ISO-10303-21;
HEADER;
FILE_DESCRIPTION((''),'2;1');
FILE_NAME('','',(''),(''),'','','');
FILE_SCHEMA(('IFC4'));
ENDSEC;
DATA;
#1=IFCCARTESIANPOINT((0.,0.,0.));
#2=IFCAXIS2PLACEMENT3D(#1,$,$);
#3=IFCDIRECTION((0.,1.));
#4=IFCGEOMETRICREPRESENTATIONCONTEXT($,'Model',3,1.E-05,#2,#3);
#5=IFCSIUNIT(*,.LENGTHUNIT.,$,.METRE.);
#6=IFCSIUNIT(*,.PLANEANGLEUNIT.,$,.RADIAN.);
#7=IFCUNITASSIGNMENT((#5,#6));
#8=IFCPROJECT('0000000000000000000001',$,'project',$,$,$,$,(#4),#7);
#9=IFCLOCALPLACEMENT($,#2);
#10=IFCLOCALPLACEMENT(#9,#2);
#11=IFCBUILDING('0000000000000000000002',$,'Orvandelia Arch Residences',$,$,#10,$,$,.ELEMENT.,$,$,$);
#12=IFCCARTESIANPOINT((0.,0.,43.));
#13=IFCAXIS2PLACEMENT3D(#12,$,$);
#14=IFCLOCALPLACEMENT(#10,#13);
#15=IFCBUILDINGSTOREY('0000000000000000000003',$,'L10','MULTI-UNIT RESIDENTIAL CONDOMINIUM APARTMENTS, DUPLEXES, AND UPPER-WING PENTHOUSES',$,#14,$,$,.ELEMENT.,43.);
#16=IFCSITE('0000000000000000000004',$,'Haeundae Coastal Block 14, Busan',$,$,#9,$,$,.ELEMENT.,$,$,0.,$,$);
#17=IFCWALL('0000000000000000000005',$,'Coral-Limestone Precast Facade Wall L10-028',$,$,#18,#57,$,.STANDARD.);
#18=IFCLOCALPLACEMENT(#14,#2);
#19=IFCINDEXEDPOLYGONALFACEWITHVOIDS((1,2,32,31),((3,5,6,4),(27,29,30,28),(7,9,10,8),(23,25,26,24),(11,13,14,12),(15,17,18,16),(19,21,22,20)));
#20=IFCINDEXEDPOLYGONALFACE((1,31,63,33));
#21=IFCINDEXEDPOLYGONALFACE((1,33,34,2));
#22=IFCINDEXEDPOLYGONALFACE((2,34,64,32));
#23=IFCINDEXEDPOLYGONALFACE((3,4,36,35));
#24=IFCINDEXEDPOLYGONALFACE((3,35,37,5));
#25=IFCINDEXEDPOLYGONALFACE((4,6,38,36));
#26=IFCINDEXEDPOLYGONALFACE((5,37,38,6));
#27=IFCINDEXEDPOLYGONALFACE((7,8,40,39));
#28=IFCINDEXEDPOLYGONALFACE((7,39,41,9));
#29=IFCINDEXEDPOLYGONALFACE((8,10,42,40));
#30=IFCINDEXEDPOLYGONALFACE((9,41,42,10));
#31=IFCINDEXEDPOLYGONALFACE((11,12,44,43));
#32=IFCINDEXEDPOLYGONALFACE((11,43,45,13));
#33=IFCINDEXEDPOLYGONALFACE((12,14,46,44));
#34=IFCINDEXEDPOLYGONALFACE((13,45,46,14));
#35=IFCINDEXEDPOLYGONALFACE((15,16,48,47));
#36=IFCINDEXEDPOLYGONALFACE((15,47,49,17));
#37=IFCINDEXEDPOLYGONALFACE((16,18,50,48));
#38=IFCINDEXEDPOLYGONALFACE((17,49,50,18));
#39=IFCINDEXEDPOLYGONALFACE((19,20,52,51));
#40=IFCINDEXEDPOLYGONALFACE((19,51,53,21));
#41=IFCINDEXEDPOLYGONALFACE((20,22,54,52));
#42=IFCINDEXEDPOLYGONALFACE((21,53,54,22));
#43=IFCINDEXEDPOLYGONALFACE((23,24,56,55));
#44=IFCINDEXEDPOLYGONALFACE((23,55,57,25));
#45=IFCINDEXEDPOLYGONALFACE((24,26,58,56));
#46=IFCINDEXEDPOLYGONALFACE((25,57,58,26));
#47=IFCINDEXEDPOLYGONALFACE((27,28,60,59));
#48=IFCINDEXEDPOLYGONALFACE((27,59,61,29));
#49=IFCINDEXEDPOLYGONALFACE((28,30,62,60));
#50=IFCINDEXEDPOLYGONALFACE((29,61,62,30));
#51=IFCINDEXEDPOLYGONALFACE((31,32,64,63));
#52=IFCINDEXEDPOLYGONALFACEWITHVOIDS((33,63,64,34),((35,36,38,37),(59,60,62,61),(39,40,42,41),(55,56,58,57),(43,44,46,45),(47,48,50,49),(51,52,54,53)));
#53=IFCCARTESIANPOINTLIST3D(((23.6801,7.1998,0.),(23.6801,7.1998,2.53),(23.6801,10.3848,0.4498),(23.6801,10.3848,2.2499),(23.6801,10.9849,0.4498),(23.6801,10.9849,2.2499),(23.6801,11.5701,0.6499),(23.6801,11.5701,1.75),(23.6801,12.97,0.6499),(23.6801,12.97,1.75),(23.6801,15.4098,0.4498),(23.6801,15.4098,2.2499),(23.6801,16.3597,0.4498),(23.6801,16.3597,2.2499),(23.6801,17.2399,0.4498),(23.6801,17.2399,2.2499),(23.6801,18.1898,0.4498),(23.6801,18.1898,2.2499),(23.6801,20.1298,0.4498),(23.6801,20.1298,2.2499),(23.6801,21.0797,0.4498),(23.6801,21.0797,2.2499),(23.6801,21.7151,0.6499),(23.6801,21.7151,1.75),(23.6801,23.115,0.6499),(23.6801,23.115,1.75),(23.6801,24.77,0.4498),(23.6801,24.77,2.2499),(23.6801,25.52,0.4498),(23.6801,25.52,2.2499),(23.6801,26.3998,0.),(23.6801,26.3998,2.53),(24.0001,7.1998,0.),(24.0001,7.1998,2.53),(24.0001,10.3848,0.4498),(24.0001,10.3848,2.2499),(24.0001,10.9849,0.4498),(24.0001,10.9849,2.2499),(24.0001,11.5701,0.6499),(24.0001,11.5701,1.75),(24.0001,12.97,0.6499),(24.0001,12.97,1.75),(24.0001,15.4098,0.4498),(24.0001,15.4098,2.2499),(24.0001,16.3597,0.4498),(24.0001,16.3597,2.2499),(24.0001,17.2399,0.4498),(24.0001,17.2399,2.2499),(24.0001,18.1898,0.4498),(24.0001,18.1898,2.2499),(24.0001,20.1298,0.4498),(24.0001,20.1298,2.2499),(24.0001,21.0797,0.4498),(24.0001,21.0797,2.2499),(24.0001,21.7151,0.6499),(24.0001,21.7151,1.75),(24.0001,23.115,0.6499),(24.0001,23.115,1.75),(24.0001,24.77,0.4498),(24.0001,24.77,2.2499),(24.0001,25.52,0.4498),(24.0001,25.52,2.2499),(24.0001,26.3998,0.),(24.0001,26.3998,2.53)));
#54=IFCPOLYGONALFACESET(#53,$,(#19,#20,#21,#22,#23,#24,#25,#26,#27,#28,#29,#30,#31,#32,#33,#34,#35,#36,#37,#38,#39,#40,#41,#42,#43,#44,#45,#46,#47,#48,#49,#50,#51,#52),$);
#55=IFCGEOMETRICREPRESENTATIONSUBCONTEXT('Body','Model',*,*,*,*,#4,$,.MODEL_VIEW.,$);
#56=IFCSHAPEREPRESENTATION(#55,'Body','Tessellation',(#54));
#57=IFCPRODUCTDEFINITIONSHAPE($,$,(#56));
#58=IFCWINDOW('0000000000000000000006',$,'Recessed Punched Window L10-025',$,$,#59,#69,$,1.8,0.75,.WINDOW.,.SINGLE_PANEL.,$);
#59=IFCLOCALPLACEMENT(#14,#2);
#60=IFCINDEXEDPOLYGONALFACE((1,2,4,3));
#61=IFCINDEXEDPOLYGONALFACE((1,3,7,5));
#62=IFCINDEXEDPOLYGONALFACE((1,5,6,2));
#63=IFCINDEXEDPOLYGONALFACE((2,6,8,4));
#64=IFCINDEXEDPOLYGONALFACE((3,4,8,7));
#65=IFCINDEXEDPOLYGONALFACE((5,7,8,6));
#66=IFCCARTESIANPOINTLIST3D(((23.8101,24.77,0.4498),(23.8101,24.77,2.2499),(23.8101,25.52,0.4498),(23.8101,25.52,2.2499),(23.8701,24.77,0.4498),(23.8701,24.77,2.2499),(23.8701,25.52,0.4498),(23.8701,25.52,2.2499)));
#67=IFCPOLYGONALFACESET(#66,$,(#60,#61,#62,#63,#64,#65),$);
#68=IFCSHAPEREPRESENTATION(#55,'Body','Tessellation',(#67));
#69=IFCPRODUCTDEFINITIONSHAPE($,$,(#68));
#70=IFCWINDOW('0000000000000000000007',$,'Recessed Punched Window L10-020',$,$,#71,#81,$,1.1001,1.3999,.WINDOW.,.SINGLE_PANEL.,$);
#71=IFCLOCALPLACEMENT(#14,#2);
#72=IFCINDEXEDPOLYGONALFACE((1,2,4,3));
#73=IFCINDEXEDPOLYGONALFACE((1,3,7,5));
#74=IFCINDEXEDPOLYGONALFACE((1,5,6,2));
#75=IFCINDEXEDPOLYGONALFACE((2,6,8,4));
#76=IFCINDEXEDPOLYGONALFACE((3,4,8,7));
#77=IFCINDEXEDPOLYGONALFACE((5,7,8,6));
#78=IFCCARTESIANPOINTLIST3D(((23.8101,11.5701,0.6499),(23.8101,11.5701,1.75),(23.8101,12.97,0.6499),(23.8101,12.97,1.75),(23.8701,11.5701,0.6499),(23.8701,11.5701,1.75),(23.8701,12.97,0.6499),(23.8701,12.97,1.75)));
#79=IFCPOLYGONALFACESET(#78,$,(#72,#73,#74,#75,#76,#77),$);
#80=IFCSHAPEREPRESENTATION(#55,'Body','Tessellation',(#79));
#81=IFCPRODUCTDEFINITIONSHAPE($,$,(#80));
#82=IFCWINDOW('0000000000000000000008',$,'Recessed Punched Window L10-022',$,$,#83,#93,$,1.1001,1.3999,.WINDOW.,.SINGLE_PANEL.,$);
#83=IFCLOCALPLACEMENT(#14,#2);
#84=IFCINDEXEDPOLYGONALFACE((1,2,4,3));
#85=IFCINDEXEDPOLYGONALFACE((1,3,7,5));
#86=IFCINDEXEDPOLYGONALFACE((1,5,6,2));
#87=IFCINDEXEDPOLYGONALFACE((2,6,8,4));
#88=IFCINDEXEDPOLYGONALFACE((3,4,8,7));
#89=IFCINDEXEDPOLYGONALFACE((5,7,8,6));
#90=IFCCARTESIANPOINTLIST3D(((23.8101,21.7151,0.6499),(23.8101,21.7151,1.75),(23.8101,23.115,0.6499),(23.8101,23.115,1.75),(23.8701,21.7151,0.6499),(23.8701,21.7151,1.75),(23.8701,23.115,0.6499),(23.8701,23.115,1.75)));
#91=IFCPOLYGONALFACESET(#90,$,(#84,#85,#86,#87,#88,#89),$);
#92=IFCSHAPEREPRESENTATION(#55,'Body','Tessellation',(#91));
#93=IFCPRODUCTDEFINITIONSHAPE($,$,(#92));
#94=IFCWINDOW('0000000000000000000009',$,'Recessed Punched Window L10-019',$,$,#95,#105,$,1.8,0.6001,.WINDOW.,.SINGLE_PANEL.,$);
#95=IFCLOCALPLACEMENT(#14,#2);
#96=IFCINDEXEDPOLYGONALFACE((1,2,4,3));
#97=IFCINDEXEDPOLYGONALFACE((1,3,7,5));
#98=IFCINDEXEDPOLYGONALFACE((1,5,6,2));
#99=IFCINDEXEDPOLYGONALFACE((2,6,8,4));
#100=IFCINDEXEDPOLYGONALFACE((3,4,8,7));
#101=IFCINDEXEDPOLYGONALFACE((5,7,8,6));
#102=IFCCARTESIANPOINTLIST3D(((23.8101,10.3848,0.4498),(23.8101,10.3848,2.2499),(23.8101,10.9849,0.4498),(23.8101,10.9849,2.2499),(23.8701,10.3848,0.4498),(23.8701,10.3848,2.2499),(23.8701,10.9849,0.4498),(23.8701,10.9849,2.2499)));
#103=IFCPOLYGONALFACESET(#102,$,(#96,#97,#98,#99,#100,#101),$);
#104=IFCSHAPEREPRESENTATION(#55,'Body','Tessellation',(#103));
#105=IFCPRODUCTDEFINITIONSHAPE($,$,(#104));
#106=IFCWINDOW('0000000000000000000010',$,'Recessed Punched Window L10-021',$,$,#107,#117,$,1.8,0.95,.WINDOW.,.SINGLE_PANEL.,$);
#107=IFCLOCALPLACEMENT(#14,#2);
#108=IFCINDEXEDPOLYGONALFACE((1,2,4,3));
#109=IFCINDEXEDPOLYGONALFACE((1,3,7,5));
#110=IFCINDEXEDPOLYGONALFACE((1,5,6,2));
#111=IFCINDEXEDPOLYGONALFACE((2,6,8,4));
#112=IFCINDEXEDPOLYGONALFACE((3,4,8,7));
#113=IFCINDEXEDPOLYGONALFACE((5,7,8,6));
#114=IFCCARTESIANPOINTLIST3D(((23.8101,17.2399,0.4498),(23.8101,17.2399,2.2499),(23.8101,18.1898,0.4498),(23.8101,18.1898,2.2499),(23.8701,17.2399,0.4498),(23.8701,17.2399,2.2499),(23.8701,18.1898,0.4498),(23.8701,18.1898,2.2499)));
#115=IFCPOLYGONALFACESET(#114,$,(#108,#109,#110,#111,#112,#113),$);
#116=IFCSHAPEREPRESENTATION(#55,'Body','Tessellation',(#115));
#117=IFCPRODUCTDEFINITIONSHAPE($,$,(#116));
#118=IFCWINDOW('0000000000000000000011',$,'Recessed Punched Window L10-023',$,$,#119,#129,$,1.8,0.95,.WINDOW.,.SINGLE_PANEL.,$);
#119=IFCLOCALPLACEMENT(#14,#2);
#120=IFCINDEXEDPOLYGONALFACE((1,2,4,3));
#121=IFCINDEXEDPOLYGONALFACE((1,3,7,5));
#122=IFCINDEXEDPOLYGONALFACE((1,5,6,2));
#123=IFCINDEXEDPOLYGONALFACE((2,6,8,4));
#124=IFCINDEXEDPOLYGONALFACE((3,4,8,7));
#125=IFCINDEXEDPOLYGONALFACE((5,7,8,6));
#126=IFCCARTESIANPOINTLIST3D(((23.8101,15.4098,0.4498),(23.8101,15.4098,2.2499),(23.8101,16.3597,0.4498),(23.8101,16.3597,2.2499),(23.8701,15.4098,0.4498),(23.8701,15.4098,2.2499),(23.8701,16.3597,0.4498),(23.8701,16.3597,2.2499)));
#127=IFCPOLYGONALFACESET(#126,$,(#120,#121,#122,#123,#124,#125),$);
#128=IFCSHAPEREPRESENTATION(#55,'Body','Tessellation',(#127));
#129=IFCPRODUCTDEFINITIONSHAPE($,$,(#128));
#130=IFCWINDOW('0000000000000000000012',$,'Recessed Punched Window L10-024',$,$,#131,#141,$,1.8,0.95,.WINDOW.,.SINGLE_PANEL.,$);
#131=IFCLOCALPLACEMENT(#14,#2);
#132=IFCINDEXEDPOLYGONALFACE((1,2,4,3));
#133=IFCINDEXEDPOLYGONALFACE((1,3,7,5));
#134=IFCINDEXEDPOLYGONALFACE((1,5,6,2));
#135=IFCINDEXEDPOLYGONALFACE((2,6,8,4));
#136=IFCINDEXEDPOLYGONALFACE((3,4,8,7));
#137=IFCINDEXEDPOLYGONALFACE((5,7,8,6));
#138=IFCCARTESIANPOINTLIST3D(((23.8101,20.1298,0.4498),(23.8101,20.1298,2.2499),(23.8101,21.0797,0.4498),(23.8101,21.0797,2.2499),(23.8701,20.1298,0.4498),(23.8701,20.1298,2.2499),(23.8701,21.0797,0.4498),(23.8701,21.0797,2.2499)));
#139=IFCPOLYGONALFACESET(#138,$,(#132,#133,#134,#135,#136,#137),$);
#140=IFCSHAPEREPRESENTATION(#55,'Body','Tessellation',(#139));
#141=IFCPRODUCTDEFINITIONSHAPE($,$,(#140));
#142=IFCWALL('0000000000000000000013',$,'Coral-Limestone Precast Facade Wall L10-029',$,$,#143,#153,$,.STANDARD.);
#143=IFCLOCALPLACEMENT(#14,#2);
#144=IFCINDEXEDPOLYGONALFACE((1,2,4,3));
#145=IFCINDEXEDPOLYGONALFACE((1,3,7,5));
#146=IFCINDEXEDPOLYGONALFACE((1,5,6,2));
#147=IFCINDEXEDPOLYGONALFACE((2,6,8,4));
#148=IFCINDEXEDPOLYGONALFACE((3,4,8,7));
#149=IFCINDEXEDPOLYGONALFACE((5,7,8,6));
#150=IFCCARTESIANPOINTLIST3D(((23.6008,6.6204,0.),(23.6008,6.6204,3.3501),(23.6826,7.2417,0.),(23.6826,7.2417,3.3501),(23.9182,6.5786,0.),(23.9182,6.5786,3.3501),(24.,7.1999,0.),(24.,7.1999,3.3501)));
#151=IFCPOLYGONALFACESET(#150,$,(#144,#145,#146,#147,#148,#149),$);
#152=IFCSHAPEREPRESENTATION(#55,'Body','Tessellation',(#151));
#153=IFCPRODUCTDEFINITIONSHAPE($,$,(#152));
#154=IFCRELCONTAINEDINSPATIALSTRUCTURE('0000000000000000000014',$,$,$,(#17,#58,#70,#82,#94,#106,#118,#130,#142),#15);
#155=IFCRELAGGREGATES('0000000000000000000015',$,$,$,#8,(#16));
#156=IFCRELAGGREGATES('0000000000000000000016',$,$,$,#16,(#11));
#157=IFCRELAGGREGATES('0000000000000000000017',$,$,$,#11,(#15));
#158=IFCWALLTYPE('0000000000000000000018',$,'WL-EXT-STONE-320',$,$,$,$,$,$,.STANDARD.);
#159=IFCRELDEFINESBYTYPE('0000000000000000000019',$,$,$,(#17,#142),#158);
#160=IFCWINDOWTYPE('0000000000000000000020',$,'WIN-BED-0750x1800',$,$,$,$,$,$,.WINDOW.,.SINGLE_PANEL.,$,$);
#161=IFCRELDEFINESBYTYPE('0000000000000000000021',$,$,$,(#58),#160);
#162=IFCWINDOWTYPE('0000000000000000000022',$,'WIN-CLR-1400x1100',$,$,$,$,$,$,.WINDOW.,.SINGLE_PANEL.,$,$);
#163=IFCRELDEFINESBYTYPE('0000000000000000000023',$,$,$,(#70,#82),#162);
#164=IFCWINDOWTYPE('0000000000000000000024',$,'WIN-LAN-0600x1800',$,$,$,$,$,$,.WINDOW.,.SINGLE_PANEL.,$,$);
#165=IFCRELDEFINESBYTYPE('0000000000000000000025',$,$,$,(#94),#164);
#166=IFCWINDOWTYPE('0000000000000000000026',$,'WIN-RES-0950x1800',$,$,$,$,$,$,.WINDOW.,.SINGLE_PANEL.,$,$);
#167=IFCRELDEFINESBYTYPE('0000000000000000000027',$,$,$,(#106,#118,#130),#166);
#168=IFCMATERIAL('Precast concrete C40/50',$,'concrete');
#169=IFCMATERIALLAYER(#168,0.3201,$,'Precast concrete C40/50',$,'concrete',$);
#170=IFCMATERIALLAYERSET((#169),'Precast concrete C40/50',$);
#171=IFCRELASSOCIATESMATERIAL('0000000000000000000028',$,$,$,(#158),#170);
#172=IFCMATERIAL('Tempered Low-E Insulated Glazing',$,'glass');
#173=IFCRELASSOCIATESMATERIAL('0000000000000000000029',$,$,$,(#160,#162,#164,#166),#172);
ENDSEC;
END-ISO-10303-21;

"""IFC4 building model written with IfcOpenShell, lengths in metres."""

from ifc_helpers import new_model, si_unit, direction, frame, frame_2d, origin, place, context, subcontext, project, spatial, rectangle, extrude, material, layer, layer_set, type_object, element, fill, save


model = new_model("IFC4")

# Units and contexts
model_context = context("Model", 3, precision=1e-05, world=origin(), true_north=direction((0.0, 1.0)))
body_context = subcontext(model_context, "Body", "Model", "MODEL_VIEW")
ifc_project = project(units=[si_unit("LENGTHUNIT", "METRE"), si_unit("PLANEANGLEUNIT", "RADIAN")], contexts=[model_context])

# Site, building, storey
site_placement = place(None, origin())
site = spatial("IfcSite", under=ifc_project, at=site_placement, Name="Haeundae Coastal Block 14, Busan", CompositionType="ELEMENT", RefElevation=0.0)
building_placement = place(site_placement, origin())
building = spatial("IfcBuilding", under=site, at=building_placement, Name="Orvandelia Arch Residences", CompositionType="ELEMENT")
storey_placement = place(building_placement, frame((0.0, 0.0, 43.0)))
storey = spatial("IfcBuildingStorey", under=building, at=storey_placement, Name="L10", Description="MULTI-UNIT RESIDENTIAL CONDOMINIUM APARTMENTS, DUPLEXES, AND UPPER-WING PENTHOUSES", CompositionType="ELEMENT", Elevation=43.0)

# Shared definitions
ifc_material_1 = material(Name="Precast concrete C40/50", Category="concrete")
ifc_layer_1 = layer(ifc_material_1, 0.3201, Name="Precast concrete C40/50", Category="concrete")
ifc_layer_set_1 = layer_set([ifc_layer_1], Name="Precast concrete C40/50")
wall_type_1 = type_object("IfcWallType", Name="WL-EXT-STONE-320", PredefinedType="STANDARD", material=ifc_layer_set_1)

# Wall, openings, windows
wall_1_placement = place(storey_placement, frame((23.8401, 26.3999, 0.0), z_axis=(0.0, 0.0, 1.0), x_axis=(0.0, -1.0, 0.0)))
wall_1 = element("IfcWall", 1, at=wall_1_placement, inside=storey, type_object=wall_type_1, Name="Coral-Limestone Precast Facade Wall L10-028", PredefinedType="STANDARD", context=body_context, shape_type="SweptSolid", body=[
    extrude(rectangle(XDim=19.2, YDim=0.3201, at=frame_2d((9.6001, 0.0))), origin(), (0.0, 0.0, 1.0), 2.53),
])
opening_1_placement = place(wall_1_placement, frame((15.415, 0.0, 0.45)))
opening_1 = element("IfcOpeningElement", 2, at=opening_1_placement, cuts=wall_1, PredefinedType="OPENING", context=body_context, shape_type="SweptSolid", body=[
    extrude(rectangle(XDim=0.6001, YDim=1.8, at=frame_2d((0.3, 0.8999))), frame((0.0, 0.1699, 0.0), z_axis=(0.0, -1.0, 0.0), x_axis=(1.0, 0.0, 0.0)), (0.0, 0.0, 1.0), 0.3401),
])
opening_2_placement = place(wall_1_placement, frame((13.4299, 0.0, 0.6499)))
opening_2 = element("IfcOpeningElement", 3, at=opening_2_placement, cuts=wall_1, PredefinedType="OPENING", context=body_context, shape_type="SweptSolid", body=[
    extrude(rectangle(XDim=1.3999, YDim=1.1001, at=frame_2d((0.7, 0.55))), frame((0.0, 0.1699, 0.0), z_axis=(0.0, -1.0, 0.0), x_axis=(1.0, 0.0, 0.0)), (0.0, 0.0, 1.0), 0.3401),
])
opening_3_placement = place(wall_1_placement, frame((8.21, 0.0, 0.45)))
opening_3 = element("IfcOpeningElement", 4, at=opening_3_placement, cuts=wall_1, PredefinedType="OPENING", context=body_context, shape_type="SweptSolid", body=[
    extrude(rectangle(XDim=0.95, YDim=1.8, at=frame_2d((0.4751, 0.8999))), frame((0.0, 0.1699, 0.0), z_axis=(0.0, -1.0, 0.0), x_axis=(1.0, 0.0, 0.0)), (0.0, 0.0, 1.0), 0.3401),
])
opening_4_placement = place(wall_1_placement, frame((3.2849, 0.0, 0.6499)))
opening_4 = element("IfcOpeningElement", 5, at=opening_4_placement, cuts=wall_1, PredefinedType="OPENING", context=body_context, shape_type="SweptSolid", body=[
    extrude(rectangle(XDim=1.3999, YDim=1.1001, at=frame_2d((0.7, 0.55))), frame((0.0, 0.1699, 0.0), z_axis=(0.0, -1.0, 0.0), x_axis=(1.0, 0.0, 0.0)), (0.0, 0.0, 1.0), 0.3401),
])
opening_5_placement = place(wall_1_placement, frame((10.04, 0.0, 0.45)))
opening_5 = element("IfcOpeningElement", 6, at=opening_5_placement, cuts=wall_1, PredefinedType="OPENING", context=body_context, shape_type="SweptSolid", body=[
    extrude(rectangle(XDim=0.95, YDim=1.8, at=frame_2d((0.4751, 0.8999))), frame((0.0, 0.1699, 0.0), z_axis=(0.0, -1.0, 0.0), x_axis=(1.0, 0.0, 0.0)), (0.0, 0.0, 1.0), 0.3401),
])
opening_6_placement = place(wall_1_placement, frame((5.3201, 0.0, 0.45)))
opening_6 = element("IfcOpeningElement", 7, at=opening_6_placement, cuts=wall_1, PredefinedType="OPENING", context=body_context, shape_type="SweptSolid", body=[
    extrude(rectangle(XDim=0.95, YDim=1.8, at=frame_2d((0.4751, 0.8999))), frame((0.0, 0.1699, 0.0), z_axis=(0.0, -1.0, 0.0), x_axis=(1.0, 0.0, 0.0)), (0.0, 0.0, 1.0), 0.3401),
])
opening_7_placement = place(wall_1_placement, frame((0.8799, 0.0, 0.45)))
opening_7 = element("IfcOpeningElement", 8, at=opening_7_placement, cuts=wall_1, PredefinedType="OPENING", context=body_context, shape_type="SweptSolid", body=[
    extrude(rectangle(XDim=0.75, YDim=1.8, at=frame_2d((0.375, 0.8999))), frame((0.0, 0.1699, 0.0), z_axis=(0.0, -1.0, 0.0), x_axis=(1.0, 0.0, 0.0)), (0.0, 0.0, 1.0), 0.3401),
])
ifc_material_2 = material(Name="Tempered Low-E Insulated Glazing", Category="glass")
window_type_1 = type_object("IfcWindowType", Name="WIN-BED-0750x1800", PartitioningType="SINGLE_PANEL", PredefinedType="WINDOW", material=ifc_material_2)
window_1_placement = place(opening_7_placement, origin())
window_1 = element("IfcWindow", 9, at=window_1_placement, inside=storey, type_object=window_type_1, Name="Recessed Punched Window L10-025", OverallHeight=1.8, OverallWidth=0.75, PartitioningType="SINGLE_PANEL", PredefinedType="WINDOW", context=body_context, shape_type="SweptSolid", body=[
    extrude(rectangle(XDim=0.75, YDim=1.8, at=frame_2d((0.375, 0.8999))), frame((0.0, 0.03, 0.0), z_axis=(0.0, -1.0, 0.0), x_axis=(1.0, 0.0, 0.0)), (0.0, 0.0, 1.0), 0.0601),
])
fill(opening_7, window_1)
window_type_2 = type_object("IfcWindowType", Name="WIN-CLR-1400x1100", PartitioningType="SINGLE_PANEL", PredefinedType="WINDOW", material=ifc_material_2)
window_2_placement = place(opening_2_placement, origin())
window_2 = element("IfcWindow", 10, at=window_2_placement, inside=storey, type_object=window_type_2, Name="Recessed Punched Window L10-020", OverallHeight=1.1001, OverallWidth=1.3999, PartitioningType="SINGLE_PANEL", PredefinedType="WINDOW", context=body_context, shape_type="SweptSolid", body=[
    extrude(rectangle(XDim=1.3999, YDim=1.1001, at=frame_2d((0.7, 0.55))), frame((0.0, 0.03, 0.0), z_axis=(0.0, -1.0, 0.0), x_axis=(1.0, 0.0, 0.0)), (0.0, 0.0, 1.0), 0.0601),
])
fill(opening_2, window_2)
window_3_placement = place(opening_4_placement, origin())
window_3 = element("IfcWindow", 11, at=window_3_placement, inside=storey, type_object=window_type_2, Name="Recessed Punched Window L10-022", OverallHeight=1.1001, OverallWidth=1.3999, PartitioningType="SINGLE_PANEL", PredefinedType="WINDOW", context=body_context, shape_type="SweptSolid", body=[
    extrude(rectangle(XDim=1.3999, YDim=1.1001, at=frame_2d((0.7, 0.55))), frame((0.0, 0.03, 0.0), z_axis=(0.0, -1.0, 0.0), x_axis=(1.0, 0.0, 0.0)), (0.0, 0.0, 1.0), 0.0601),
])
fill(opening_4, window_3)
window_type_3 = type_object("IfcWindowType", Name="WIN-LAN-0600x1800", PartitioningType="SINGLE_PANEL", PredefinedType="WINDOW", material=ifc_material_2)
window_4_placement = place(opening_1_placement, origin())
window_4 = element("IfcWindow", 12, at=window_4_placement, inside=storey, type_object=window_type_3, Name="Recessed Punched Window L10-019", OverallHeight=1.8, OverallWidth=0.6001, PartitioningType="SINGLE_PANEL", PredefinedType="WINDOW", context=body_context, shape_type="SweptSolid", body=[
    extrude(rectangle(XDim=0.6001, YDim=1.8, at=frame_2d((0.3, 0.8999))), frame((0.0, 0.03, 0.0), z_axis=(0.0, -1.0, 0.0), x_axis=(1.0, 0.0, 0.0)), (0.0, 0.0, 1.0), 0.0601),
])
fill(opening_1, window_4)
window_type_4 = type_object("IfcWindowType", Name="WIN-RES-0950x1800", PartitioningType="SINGLE_PANEL", PredefinedType="WINDOW", material=ifc_material_2)
window_5_placement = place(opening_3_placement, origin())
window_5 = element("IfcWindow", 13, at=window_5_placement, inside=storey, type_object=window_type_4, Name="Recessed Punched Window L10-021", OverallHeight=1.8, OverallWidth=0.95, PartitioningType="SINGLE_PANEL", PredefinedType="WINDOW", context=body_context, shape_type="SweptSolid", body=[
    extrude(rectangle(XDim=0.95, YDim=1.8, at=frame_2d((0.4751, 0.8999))), frame((0.0, 0.03, 0.0), z_axis=(0.0, -1.0, 0.0), x_axis=(1.0, 0.0, 0.0)), (0.0, 0.0, 1.0), 0.0601),
])
fill(opening_3, window_5)
window_6_placement = place(opening_5_placement, origin())
window_6 = element("IfcWindow", 14, at=window_6_placement, inside=storey, type_object=window_type_4, Name="Recessed Punched Window L10-023", OverallHeight=1.8, OverallWidth=0.95, PartitioningType="SINGLE_PANEL", PredefinedType="WINDOW", context=body_context, shape_type="SweptSolid", body=[
    extrude(rectangle(XDim=0.95, YDim=1.8, at=frame_2d((0.4751, 0.8999))), frame((0.0, 0.03, 0.0), z_axis=(0.0, -1.0, 0.0), x_axis=(1.0, 0.0, 0.0)), (0.0, 0.0, 1.0), 0.0601),
])
fill(opening_5, window_6)
window_7_placement = place(opening_6_placement, origin())
window_7 = element("IfcWindow", 15, at=window_7_placement, inside=storey, type_object=window_type_4, Name="Recessed Punched Window L10-024", OverallHeight=1.8, OverallWidth=0.95, PartitioningType="SINGLE_PANEL", PredefinedType="WINDOW", context=body_context, shape_type="SweptSolid", body=[
    extrude(rectangle(XDim=0.95, YDim=1.8, at=frame_2d((0.4751, 0.8999))), frame((0.0, 0.03, 0.0), z_axis=(0.0, -1.0, 0.0), x_axis=(1.0, 0.0, 0.0)), (0.0, 0.0, 1.0), 0.0601),
])
fill(opening_6, window_7)

# Wall
wall_2_placement = place(storey_placement, frame((23.8413, 7.2209, 0.0), z_axis=(0.0, 0.0, 1.0), x_axis=(-0.130505, -0.991448, 0.0)))
element("IfcWall", 16, at=wall_2_placement, inside=storey, type_object=wall_type_1, Name="Coral-Limestone Precast Facade Wall L10-029", PredefinedType="STANDARD", context=body_context, shape_type="SweptSolid", body=[
    extrude(rectangle(XDim=0.6267, YDim=0.3201, at=frame_2d((0.3135, 0.0))), origin(), (0.0, 0.0, 1.0), 3.3501),
])

save(model, "model.ifc")
